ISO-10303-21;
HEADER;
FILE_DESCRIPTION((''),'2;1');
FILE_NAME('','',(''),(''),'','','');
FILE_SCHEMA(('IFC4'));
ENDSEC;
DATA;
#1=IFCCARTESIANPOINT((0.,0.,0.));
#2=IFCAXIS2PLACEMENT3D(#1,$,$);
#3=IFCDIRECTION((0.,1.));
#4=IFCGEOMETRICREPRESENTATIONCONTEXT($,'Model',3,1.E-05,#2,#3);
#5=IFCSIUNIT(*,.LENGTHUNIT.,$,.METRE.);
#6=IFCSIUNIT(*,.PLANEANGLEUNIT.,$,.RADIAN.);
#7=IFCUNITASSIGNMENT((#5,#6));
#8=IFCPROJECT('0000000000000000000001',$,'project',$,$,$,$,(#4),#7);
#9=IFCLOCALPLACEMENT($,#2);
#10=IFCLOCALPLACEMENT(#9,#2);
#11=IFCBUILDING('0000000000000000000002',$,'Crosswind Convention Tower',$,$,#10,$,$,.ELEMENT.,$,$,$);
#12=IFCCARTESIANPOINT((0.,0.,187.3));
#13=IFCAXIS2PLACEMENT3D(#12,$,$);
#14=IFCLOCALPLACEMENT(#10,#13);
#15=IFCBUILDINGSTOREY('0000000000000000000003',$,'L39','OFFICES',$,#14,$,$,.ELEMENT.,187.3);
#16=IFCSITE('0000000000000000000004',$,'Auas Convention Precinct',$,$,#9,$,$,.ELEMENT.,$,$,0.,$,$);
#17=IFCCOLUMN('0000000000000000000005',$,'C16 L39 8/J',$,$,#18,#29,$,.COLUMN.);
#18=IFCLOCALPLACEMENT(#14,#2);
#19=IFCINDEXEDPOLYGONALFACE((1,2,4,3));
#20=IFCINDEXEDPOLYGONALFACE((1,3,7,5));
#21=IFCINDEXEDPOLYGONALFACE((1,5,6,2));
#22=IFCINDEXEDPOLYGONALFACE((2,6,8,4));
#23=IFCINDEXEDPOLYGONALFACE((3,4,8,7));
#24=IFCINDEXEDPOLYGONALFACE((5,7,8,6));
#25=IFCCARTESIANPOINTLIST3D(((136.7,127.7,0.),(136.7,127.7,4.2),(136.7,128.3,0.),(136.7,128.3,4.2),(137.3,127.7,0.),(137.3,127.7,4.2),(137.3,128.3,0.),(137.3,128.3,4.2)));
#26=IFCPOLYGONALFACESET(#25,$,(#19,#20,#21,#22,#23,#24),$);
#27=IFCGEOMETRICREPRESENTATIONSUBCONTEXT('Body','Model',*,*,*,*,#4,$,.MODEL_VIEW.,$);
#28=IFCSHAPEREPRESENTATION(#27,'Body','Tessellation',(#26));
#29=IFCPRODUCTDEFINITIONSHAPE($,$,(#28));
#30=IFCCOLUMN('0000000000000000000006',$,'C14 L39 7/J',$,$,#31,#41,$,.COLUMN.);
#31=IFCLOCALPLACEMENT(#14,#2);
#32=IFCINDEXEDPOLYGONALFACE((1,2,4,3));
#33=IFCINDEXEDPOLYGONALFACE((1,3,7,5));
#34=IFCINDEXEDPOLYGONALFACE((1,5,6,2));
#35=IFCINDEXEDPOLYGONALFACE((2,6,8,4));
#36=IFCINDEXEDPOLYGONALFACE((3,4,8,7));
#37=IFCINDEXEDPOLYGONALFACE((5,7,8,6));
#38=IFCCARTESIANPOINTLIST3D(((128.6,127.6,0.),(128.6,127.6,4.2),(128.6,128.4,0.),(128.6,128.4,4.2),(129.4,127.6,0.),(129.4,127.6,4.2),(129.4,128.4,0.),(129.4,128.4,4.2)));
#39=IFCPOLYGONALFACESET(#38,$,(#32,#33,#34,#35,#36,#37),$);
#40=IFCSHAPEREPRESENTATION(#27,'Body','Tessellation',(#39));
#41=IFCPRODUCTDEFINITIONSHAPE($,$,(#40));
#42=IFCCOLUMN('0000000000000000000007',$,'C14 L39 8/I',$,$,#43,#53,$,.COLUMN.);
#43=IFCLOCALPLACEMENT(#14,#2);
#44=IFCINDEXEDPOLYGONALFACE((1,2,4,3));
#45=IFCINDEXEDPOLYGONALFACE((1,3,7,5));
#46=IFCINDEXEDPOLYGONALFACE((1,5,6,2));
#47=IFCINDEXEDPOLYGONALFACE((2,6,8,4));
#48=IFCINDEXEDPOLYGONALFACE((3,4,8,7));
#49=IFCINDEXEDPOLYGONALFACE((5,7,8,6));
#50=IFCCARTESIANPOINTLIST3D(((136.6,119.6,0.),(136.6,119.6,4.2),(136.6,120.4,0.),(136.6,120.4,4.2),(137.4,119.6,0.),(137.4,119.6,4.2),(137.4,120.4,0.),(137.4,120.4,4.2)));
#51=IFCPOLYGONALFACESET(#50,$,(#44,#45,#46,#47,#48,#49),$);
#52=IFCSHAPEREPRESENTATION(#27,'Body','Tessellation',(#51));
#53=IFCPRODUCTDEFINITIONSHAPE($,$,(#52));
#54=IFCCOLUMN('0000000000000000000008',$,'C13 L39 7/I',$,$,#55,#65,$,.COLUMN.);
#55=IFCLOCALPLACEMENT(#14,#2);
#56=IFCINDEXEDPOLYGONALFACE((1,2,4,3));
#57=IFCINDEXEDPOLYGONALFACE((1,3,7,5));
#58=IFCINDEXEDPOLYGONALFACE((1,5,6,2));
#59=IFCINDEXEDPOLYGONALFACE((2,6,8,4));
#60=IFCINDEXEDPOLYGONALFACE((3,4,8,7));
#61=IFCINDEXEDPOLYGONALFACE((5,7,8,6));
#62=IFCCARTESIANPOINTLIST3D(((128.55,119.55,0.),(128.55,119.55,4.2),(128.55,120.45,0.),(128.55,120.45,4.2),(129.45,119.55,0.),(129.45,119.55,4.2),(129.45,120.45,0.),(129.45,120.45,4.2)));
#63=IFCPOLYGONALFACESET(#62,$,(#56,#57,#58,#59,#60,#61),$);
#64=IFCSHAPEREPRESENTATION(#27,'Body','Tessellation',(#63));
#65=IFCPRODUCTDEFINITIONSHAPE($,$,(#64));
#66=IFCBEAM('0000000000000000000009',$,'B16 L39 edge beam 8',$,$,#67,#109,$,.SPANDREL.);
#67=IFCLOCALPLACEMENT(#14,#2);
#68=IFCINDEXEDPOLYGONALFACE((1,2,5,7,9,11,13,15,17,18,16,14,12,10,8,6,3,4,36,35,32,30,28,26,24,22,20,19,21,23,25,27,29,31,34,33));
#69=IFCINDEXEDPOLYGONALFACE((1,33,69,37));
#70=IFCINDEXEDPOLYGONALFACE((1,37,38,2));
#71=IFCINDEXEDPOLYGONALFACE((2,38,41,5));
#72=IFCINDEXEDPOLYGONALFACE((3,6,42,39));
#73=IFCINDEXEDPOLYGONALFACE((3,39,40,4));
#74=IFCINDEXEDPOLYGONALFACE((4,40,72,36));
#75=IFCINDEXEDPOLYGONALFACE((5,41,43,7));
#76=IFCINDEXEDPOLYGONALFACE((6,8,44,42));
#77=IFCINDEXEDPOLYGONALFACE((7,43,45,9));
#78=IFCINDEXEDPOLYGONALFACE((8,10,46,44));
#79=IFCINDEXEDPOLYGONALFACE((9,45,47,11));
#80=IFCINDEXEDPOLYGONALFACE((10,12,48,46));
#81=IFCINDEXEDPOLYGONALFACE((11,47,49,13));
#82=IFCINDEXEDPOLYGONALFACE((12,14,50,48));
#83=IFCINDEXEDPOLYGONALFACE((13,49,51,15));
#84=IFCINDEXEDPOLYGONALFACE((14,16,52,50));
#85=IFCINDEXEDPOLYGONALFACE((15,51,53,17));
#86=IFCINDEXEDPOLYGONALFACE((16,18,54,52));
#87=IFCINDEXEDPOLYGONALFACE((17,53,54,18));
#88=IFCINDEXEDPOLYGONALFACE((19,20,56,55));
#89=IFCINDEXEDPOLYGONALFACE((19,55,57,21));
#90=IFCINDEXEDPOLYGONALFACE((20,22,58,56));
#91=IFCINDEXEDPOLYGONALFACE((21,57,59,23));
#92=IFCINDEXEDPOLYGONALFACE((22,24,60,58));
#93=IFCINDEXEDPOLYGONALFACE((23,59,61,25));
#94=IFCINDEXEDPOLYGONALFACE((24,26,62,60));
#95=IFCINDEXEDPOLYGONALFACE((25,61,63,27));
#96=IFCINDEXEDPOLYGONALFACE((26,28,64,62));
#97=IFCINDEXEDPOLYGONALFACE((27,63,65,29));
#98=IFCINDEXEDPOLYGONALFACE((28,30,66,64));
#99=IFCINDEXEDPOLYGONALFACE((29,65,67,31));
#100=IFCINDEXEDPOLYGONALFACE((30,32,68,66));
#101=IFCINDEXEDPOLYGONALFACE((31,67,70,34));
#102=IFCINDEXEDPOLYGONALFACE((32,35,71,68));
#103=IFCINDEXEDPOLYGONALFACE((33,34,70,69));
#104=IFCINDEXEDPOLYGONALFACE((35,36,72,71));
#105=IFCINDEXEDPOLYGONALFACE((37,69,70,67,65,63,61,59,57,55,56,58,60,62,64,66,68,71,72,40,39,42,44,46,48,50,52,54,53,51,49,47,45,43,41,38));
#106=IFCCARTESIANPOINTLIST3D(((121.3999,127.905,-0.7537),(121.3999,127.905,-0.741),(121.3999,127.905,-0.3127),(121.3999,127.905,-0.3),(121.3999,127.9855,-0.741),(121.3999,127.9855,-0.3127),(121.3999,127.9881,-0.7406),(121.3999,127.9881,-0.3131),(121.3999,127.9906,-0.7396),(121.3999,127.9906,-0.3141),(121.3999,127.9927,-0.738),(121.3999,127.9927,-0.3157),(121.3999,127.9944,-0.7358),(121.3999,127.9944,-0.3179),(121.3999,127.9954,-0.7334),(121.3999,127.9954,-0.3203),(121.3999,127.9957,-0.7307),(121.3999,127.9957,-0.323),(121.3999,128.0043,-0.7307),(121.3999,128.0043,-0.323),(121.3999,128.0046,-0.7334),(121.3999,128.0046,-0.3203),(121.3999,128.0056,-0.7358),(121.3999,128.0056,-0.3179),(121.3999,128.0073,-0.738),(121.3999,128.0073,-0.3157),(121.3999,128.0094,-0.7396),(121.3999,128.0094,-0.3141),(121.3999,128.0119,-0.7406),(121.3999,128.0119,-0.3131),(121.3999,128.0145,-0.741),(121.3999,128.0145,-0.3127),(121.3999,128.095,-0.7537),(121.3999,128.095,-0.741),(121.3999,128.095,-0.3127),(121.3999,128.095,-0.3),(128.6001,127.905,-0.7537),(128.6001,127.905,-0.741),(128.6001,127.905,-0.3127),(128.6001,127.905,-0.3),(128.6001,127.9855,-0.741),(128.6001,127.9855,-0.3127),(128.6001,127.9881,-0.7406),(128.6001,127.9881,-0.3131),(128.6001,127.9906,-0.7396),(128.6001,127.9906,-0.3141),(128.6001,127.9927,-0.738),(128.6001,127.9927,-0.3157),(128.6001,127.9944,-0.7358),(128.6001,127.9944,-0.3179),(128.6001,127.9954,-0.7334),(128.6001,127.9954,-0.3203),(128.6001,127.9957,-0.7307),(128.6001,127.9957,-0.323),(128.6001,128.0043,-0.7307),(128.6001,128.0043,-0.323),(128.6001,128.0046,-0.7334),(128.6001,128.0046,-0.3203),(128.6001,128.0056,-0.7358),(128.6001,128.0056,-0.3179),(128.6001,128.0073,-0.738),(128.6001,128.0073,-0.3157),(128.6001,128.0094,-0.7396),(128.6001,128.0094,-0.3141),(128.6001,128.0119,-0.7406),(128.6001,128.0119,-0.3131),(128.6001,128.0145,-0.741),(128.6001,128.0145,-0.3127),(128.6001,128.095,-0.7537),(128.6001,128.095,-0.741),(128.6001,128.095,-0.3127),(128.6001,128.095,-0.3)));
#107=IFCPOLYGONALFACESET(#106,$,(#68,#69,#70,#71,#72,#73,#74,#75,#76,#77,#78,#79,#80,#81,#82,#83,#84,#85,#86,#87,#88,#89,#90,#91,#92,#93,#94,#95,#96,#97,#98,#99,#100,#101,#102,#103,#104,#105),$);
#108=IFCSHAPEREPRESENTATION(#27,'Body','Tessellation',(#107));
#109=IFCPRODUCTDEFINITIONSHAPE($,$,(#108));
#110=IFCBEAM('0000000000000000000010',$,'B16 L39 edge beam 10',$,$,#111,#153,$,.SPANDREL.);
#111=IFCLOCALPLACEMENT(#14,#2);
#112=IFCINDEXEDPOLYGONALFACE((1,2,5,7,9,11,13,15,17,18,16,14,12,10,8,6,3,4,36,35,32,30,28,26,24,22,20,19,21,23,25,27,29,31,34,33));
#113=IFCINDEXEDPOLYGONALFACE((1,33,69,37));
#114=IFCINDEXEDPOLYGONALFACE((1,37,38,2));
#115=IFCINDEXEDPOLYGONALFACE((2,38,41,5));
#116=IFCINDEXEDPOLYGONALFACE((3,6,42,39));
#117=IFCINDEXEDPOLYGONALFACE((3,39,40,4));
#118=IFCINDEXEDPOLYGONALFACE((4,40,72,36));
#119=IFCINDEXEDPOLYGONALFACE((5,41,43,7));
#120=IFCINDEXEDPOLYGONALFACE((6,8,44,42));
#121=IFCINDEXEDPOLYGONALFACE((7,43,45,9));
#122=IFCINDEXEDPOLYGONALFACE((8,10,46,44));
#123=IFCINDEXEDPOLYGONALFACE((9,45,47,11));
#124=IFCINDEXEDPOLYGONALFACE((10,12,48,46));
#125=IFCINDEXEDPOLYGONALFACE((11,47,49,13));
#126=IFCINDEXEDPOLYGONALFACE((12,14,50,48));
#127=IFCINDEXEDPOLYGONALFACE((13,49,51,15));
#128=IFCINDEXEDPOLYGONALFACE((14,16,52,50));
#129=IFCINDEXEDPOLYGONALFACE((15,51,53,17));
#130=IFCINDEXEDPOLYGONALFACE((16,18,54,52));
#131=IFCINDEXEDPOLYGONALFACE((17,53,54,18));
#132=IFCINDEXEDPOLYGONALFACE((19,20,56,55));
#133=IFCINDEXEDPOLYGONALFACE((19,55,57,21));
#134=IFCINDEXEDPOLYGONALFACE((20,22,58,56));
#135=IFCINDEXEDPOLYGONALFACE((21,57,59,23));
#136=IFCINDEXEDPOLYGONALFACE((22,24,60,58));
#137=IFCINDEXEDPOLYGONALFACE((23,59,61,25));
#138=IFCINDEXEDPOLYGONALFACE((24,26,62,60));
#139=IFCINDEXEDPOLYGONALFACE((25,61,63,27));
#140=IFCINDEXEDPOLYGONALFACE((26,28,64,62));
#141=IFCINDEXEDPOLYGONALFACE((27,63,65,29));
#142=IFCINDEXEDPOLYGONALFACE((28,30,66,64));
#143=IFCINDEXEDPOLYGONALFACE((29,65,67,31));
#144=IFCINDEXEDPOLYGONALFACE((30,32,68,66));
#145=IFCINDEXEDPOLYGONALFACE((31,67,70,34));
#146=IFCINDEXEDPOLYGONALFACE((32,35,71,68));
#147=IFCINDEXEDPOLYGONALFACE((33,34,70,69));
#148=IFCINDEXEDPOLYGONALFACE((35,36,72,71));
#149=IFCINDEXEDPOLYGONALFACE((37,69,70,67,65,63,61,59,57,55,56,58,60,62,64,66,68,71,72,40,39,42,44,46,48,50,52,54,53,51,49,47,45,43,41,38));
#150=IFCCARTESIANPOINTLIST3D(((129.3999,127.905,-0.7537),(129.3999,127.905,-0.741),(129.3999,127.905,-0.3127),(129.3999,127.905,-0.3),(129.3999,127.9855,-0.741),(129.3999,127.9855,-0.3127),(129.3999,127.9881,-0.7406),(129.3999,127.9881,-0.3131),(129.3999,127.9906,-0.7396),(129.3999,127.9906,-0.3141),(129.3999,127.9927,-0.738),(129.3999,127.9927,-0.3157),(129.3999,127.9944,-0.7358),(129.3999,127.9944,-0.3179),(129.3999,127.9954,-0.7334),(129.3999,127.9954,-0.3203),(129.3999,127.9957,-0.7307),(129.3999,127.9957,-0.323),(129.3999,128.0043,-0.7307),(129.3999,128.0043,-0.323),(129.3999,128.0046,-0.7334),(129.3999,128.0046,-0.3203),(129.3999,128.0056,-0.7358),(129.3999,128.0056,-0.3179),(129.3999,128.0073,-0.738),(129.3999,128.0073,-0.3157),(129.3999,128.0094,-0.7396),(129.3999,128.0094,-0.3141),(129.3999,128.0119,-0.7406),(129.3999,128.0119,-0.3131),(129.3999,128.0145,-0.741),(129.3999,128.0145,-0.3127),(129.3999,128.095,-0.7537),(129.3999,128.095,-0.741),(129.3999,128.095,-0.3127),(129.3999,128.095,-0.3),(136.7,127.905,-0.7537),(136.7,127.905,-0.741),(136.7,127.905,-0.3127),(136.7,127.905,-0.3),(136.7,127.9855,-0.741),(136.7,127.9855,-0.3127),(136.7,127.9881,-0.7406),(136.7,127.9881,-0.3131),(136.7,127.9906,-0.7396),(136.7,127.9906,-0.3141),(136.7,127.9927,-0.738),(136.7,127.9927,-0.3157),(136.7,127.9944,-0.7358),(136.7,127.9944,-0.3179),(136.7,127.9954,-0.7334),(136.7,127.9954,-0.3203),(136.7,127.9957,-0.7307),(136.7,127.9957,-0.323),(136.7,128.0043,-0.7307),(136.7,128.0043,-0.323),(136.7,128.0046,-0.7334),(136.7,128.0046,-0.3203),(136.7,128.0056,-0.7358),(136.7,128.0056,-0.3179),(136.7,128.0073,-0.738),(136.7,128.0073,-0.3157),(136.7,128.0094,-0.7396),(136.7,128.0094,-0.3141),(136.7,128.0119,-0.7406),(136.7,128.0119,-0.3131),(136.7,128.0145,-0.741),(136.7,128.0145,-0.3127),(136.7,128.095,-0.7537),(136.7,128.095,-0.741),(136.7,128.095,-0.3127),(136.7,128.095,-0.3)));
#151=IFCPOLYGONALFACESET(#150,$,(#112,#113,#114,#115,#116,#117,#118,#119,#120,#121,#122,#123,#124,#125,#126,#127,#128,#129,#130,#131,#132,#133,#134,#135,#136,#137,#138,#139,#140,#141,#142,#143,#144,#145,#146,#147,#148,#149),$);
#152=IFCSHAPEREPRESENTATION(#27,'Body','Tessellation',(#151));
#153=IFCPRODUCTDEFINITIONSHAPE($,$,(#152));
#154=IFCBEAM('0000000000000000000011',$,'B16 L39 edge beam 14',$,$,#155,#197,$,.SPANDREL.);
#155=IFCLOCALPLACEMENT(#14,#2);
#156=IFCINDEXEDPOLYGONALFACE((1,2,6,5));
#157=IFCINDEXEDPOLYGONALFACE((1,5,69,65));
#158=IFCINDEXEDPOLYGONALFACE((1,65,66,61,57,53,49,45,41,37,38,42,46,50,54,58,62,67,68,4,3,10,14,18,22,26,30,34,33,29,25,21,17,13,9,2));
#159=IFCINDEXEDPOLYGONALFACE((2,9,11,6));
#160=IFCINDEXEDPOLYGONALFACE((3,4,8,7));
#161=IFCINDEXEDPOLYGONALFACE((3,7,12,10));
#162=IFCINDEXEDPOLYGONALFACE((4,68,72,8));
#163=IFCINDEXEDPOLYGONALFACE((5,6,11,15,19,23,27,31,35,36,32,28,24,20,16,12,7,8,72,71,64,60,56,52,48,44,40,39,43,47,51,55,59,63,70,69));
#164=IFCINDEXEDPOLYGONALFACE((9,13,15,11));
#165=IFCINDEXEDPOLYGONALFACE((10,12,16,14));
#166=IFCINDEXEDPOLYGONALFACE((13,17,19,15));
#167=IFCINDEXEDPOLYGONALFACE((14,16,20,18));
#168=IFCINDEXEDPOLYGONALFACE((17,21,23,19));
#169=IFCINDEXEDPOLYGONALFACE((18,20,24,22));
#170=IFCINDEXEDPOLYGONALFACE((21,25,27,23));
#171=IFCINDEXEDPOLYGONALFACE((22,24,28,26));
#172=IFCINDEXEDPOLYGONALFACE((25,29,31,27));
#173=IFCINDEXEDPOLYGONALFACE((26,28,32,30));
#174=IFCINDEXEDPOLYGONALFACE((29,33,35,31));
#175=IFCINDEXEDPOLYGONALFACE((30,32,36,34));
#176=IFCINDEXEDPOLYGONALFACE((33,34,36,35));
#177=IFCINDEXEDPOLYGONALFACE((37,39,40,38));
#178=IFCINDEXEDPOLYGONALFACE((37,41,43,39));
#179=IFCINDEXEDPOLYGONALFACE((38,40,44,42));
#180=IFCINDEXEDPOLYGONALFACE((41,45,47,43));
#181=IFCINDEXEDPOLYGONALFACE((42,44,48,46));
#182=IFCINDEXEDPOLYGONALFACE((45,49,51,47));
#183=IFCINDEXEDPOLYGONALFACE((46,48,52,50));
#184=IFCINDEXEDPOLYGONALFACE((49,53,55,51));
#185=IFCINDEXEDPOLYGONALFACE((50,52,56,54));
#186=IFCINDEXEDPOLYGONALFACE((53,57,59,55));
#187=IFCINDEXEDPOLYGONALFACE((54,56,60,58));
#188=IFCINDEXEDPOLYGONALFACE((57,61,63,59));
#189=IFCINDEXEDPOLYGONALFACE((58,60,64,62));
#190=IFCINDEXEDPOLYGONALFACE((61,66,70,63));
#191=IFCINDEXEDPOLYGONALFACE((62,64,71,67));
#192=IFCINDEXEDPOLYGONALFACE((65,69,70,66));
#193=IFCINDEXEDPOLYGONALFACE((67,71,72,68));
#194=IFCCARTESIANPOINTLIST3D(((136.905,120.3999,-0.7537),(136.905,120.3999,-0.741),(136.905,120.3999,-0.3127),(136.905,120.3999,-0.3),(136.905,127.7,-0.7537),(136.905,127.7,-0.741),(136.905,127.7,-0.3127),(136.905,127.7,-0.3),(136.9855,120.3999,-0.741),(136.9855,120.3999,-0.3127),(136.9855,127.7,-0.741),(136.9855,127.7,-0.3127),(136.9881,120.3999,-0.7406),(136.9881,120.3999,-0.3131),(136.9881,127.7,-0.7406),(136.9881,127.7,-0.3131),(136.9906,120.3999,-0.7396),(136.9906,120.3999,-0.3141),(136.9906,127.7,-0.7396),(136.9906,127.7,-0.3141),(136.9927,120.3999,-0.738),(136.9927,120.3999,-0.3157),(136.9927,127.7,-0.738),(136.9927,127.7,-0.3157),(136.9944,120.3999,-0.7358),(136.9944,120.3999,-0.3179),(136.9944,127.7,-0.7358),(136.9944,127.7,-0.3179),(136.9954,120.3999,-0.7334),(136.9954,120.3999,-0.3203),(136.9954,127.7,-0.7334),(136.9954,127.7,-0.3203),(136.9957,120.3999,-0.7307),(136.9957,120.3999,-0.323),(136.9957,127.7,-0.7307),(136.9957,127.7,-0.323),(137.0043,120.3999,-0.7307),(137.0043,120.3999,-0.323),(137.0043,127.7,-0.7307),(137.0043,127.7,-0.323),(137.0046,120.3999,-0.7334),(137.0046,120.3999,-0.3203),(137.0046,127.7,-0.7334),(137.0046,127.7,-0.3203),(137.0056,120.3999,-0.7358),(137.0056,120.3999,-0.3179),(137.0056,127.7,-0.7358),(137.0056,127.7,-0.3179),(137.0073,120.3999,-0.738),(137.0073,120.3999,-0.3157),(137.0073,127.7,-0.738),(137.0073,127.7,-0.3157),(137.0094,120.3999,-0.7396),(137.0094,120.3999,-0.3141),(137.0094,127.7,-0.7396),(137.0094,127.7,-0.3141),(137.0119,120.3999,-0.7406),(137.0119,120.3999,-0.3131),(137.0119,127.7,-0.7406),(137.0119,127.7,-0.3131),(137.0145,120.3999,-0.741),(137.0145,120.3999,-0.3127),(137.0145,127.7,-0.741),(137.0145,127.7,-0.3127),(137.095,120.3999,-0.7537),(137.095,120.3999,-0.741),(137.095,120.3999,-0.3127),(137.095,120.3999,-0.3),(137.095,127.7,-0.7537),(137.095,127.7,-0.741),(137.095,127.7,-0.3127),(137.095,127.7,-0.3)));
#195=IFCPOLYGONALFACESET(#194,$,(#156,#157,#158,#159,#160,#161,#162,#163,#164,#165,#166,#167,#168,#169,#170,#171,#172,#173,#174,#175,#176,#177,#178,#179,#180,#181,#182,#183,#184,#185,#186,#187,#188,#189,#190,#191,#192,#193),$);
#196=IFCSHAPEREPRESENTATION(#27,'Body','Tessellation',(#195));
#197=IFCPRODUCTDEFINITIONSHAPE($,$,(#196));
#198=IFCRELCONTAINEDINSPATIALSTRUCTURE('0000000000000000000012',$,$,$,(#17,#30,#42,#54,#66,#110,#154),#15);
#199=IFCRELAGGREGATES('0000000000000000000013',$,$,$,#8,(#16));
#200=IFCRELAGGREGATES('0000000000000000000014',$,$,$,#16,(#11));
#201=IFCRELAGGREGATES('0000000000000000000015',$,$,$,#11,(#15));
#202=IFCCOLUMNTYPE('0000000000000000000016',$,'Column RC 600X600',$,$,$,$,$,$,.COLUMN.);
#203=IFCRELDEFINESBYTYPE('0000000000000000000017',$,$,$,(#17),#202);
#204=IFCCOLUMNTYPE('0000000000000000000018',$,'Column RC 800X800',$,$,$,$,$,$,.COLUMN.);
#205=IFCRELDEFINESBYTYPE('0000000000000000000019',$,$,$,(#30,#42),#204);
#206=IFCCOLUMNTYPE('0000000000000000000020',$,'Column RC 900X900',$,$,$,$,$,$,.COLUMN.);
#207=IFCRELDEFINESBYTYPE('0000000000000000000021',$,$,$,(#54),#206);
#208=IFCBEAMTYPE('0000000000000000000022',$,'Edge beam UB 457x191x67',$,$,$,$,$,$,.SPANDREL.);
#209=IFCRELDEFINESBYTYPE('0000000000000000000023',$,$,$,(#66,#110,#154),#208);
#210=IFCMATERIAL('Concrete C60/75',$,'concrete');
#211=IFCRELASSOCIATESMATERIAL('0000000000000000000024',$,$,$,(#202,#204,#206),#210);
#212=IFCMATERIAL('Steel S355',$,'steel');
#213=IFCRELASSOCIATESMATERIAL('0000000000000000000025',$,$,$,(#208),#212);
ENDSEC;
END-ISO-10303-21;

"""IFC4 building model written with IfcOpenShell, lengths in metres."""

from ifc_helpers import new_model, si_unit, direction, frame, origin, origin_2d, place, context, subcontext, project, spatial, rectangle, i_section, extrude, material, material_profile, profile_set, type_object, element, save


model = new_model("IFC4")

# Units and contexts
model_context = context("Model", 3, precision=1e-05, world=origin(), true_north=direction((0.0, 1.0)))
body_context = subcontext(model_context, "Body", "Model", "MODEL_VIEW")
ifc_project = project(units=[si_unit("LENGTHUNIT", "METRE"), si_unit("PLANEANGLEUNIT", "RADIAN")], contexts=[model_context])

# Site, building, storey
site_placement = place(None, origin())
site = spatial("IfcSite", under=ifc_project, at=site_placement, Name="Auas Convention Precinct", CompositionType="ELEMENT", RefElevation=0.0)
building_placement = place(site_placement, origin())
building = spatial("IfcBuilding", under=site, at=building_placement, Name="Crosswind Convention Tower", CompositionType="ELEMENT")
storey_placement = place(building_placement, frame((0.0, 0.0, 187.3)))
storey = spatial("IfcBuildingStorey", under=building, at=storey_placement, Name="L39", Description="OFFICES", CompositionType="ELEMENT", Elevation=187.3)

# Columns
ifc_material_1 = material(Name="Concrete C60/75", Category="concrete")
ifc_material_profile_1 = material_profile(ifc_material_1, rectangle(XDim=0.6001, YDim=0.6001, at=origin_2d()), Name="RC 600X600")
ifc_profile_set_1 = profile_set([ifc_material_profile_1], Name="Concrete C60/75")
column_type_1 = type_object("IfcColumnType", Name="Column RC 600X600", PredefinedType="COLUMN", material=ifc_profile_set_1)
column_1_placement = place(storey_placement, frame((137.0, 128.0, 0.0), z_axis=(0.0, 0.0, 1.0), x_axis=(1.0, 0.0, 0.0)))
element("IfcColumn", 1, at=column_1_placement, inside=storey, type_object=column_type_1, Name="C16 L39 8/J", PredefinedType="COLUMN", context=body_context, shape_type="SweptSolid", body=[
    extrude(rectangle(XDim=0.6001, YDim=0.6001, at=origin_2d()), origin(), (0.0, 0.0, 1.0), 4.2),
])
ifc_material_profile_2 = material_profile(ifc_material_1, rectangle(XDim=0.8, YDim=0.8, at=origin_2d()), Name="RC 800X800")
ifc_profile_set_2 = profile_set([ifc_material_profile_2], Name="Concrete C60/75")
column_type_2 = type_object("IfcColumnType", Name="Column RC 800X800", PredefinedType="COLUMN", material=ifc_profile_set_2)
for number, where, z_axis, x_axis, name in (
    (2, (129.0, 128.0, 0.0), (0.0, 0.0, 1.0), (1.0, 0.0, 0.0), "C14 L39 7/J"),
    (3, (137.0, 120.0, 0.0), (0.0, 0.0, 1.0), (1.0, 0.0, 0.0), "C14 L39 8/I"),
):
    element("IfcColumn", number, at=place(storey_placement, frame(where, z_axis=z_axis, x_axis=x_axis)), inside=storey, type_object=column_type_2, Name=name, PredefinedType="COLUMN", context=body_context, shape_type="SweptSolid", body=[
        extrude(rectangle(XDim=0.8, YDim=0.8, at=origin_2d()), origin(), (0.0, 0.0, 1.0), 4.2),
    ])
ifc_material_profile_3 = material_profile(ifc_material_1, rectangle(XDim=0.8999, YDim=0.8999, at=origin_2d()), Name="RC 900X900")
ifc_profile_set_3 = profile_set([ifc_material_profile_3], Name="Concrete C60/75")
column_type_3 = type_object("IfcColumnType", Name="Column RC 900X900", PredefinedType="COLUMN", material=ifc_profile_set_3)
column_2_placement = place(storey_placement, frame((129.0, 120.0, 0.0), z_axis=(0.0, 0.0, 1.0), x_axis=(1.0, 0.0, 0.0)))
element("IfcColumn", 4, at=column_2_placement, inside=storey, type_object=column_type_3, Name="C13 L39 7/I", PredefinedType="COLUMN", context=body_context, shape_type="SweptSolid", body=[
    extrude(rectangle(XDim=0.8999, YDim=0.8999, at=origin_2d()), origin(), (0.0, 0.0, 1.0), 4.2),
])

# Beams
ifc_material_2 = material(Name="Steel S355", Category="steel")
ifc_material_profile_4 = material_profile(ifc_material_2, i_section(OverallWidth=0.1899, OverallDepth=0.4536, WebThickness=0.0085, FlangeThickness=0.0127, FilletRadius=0.0103, at=origin_2d()), Name="UB 457x191x67")
ifc_profile_set_4 = profile_set([ifc_material_profile_4], Name="Steel S355")
beam_type_1 = type_object("IfcBeamType", Name="Edge beam UB 457x191x67", PredefinedType="SPANDREL", material=ifc_profile_set_4)
beam_placement = place(storey_placement, frame((121.3999, 128.0, -0.5269), z_axis=(1.0, 0.0, 0.0), x_axis=(0.0, 1.0, 0.0)))
element("IfcBeam", 5, at=beam_placement, inside=storey, type_object=beam_type_1, Name="B16 L39 edge beam 8", PredefinedType="SPANDREL", context=body_context, shape_type="SweptSolid", body=[
    extrude(i_section(OverallWidth=0.1899, OverallDepth=0.4536, WebThickness=0.0085, FlangeThickness=0.0127, FilletRadius=0.0103, at=origin_2d()), origin(), (0.0, 0.0, 1.0), 7.2002),
])
for number, where, z_axis, x_axis, name in (
    (6, (129.3999, 128.0, -0.5269), (1.0, 0.0, 0.0), (0.0, 1.0, 0.0), "B16 L39 edge beam 10"),
    (7, (137.0, 120.3999, -0.5269), (0.0, 1.0, 0.0), (-1.0, 0.0, 0.0), "B16 L39 edge beam 14"),
):
    element("IfcBeam", number, at=place(storey_placement, frame(where, z_axis=z_axis, x_axis=x_axis)), inside=storey, type_object=beam_type_1, Name=name, PredefinedType="SPANDREL", context=body_context, shape_type="SweptSolid", body=[
        extrude(i_section(OverallWidth=0.1899, OverallDepth=0.4536, WebThickness=0.0085, FlangeThickness=0.0127, FilletRadius=0.0103, at=origin_2d()), origin(), (0.0, 0.0, 1.0), 7.3),
    ])

save(model, "model.ifc")
